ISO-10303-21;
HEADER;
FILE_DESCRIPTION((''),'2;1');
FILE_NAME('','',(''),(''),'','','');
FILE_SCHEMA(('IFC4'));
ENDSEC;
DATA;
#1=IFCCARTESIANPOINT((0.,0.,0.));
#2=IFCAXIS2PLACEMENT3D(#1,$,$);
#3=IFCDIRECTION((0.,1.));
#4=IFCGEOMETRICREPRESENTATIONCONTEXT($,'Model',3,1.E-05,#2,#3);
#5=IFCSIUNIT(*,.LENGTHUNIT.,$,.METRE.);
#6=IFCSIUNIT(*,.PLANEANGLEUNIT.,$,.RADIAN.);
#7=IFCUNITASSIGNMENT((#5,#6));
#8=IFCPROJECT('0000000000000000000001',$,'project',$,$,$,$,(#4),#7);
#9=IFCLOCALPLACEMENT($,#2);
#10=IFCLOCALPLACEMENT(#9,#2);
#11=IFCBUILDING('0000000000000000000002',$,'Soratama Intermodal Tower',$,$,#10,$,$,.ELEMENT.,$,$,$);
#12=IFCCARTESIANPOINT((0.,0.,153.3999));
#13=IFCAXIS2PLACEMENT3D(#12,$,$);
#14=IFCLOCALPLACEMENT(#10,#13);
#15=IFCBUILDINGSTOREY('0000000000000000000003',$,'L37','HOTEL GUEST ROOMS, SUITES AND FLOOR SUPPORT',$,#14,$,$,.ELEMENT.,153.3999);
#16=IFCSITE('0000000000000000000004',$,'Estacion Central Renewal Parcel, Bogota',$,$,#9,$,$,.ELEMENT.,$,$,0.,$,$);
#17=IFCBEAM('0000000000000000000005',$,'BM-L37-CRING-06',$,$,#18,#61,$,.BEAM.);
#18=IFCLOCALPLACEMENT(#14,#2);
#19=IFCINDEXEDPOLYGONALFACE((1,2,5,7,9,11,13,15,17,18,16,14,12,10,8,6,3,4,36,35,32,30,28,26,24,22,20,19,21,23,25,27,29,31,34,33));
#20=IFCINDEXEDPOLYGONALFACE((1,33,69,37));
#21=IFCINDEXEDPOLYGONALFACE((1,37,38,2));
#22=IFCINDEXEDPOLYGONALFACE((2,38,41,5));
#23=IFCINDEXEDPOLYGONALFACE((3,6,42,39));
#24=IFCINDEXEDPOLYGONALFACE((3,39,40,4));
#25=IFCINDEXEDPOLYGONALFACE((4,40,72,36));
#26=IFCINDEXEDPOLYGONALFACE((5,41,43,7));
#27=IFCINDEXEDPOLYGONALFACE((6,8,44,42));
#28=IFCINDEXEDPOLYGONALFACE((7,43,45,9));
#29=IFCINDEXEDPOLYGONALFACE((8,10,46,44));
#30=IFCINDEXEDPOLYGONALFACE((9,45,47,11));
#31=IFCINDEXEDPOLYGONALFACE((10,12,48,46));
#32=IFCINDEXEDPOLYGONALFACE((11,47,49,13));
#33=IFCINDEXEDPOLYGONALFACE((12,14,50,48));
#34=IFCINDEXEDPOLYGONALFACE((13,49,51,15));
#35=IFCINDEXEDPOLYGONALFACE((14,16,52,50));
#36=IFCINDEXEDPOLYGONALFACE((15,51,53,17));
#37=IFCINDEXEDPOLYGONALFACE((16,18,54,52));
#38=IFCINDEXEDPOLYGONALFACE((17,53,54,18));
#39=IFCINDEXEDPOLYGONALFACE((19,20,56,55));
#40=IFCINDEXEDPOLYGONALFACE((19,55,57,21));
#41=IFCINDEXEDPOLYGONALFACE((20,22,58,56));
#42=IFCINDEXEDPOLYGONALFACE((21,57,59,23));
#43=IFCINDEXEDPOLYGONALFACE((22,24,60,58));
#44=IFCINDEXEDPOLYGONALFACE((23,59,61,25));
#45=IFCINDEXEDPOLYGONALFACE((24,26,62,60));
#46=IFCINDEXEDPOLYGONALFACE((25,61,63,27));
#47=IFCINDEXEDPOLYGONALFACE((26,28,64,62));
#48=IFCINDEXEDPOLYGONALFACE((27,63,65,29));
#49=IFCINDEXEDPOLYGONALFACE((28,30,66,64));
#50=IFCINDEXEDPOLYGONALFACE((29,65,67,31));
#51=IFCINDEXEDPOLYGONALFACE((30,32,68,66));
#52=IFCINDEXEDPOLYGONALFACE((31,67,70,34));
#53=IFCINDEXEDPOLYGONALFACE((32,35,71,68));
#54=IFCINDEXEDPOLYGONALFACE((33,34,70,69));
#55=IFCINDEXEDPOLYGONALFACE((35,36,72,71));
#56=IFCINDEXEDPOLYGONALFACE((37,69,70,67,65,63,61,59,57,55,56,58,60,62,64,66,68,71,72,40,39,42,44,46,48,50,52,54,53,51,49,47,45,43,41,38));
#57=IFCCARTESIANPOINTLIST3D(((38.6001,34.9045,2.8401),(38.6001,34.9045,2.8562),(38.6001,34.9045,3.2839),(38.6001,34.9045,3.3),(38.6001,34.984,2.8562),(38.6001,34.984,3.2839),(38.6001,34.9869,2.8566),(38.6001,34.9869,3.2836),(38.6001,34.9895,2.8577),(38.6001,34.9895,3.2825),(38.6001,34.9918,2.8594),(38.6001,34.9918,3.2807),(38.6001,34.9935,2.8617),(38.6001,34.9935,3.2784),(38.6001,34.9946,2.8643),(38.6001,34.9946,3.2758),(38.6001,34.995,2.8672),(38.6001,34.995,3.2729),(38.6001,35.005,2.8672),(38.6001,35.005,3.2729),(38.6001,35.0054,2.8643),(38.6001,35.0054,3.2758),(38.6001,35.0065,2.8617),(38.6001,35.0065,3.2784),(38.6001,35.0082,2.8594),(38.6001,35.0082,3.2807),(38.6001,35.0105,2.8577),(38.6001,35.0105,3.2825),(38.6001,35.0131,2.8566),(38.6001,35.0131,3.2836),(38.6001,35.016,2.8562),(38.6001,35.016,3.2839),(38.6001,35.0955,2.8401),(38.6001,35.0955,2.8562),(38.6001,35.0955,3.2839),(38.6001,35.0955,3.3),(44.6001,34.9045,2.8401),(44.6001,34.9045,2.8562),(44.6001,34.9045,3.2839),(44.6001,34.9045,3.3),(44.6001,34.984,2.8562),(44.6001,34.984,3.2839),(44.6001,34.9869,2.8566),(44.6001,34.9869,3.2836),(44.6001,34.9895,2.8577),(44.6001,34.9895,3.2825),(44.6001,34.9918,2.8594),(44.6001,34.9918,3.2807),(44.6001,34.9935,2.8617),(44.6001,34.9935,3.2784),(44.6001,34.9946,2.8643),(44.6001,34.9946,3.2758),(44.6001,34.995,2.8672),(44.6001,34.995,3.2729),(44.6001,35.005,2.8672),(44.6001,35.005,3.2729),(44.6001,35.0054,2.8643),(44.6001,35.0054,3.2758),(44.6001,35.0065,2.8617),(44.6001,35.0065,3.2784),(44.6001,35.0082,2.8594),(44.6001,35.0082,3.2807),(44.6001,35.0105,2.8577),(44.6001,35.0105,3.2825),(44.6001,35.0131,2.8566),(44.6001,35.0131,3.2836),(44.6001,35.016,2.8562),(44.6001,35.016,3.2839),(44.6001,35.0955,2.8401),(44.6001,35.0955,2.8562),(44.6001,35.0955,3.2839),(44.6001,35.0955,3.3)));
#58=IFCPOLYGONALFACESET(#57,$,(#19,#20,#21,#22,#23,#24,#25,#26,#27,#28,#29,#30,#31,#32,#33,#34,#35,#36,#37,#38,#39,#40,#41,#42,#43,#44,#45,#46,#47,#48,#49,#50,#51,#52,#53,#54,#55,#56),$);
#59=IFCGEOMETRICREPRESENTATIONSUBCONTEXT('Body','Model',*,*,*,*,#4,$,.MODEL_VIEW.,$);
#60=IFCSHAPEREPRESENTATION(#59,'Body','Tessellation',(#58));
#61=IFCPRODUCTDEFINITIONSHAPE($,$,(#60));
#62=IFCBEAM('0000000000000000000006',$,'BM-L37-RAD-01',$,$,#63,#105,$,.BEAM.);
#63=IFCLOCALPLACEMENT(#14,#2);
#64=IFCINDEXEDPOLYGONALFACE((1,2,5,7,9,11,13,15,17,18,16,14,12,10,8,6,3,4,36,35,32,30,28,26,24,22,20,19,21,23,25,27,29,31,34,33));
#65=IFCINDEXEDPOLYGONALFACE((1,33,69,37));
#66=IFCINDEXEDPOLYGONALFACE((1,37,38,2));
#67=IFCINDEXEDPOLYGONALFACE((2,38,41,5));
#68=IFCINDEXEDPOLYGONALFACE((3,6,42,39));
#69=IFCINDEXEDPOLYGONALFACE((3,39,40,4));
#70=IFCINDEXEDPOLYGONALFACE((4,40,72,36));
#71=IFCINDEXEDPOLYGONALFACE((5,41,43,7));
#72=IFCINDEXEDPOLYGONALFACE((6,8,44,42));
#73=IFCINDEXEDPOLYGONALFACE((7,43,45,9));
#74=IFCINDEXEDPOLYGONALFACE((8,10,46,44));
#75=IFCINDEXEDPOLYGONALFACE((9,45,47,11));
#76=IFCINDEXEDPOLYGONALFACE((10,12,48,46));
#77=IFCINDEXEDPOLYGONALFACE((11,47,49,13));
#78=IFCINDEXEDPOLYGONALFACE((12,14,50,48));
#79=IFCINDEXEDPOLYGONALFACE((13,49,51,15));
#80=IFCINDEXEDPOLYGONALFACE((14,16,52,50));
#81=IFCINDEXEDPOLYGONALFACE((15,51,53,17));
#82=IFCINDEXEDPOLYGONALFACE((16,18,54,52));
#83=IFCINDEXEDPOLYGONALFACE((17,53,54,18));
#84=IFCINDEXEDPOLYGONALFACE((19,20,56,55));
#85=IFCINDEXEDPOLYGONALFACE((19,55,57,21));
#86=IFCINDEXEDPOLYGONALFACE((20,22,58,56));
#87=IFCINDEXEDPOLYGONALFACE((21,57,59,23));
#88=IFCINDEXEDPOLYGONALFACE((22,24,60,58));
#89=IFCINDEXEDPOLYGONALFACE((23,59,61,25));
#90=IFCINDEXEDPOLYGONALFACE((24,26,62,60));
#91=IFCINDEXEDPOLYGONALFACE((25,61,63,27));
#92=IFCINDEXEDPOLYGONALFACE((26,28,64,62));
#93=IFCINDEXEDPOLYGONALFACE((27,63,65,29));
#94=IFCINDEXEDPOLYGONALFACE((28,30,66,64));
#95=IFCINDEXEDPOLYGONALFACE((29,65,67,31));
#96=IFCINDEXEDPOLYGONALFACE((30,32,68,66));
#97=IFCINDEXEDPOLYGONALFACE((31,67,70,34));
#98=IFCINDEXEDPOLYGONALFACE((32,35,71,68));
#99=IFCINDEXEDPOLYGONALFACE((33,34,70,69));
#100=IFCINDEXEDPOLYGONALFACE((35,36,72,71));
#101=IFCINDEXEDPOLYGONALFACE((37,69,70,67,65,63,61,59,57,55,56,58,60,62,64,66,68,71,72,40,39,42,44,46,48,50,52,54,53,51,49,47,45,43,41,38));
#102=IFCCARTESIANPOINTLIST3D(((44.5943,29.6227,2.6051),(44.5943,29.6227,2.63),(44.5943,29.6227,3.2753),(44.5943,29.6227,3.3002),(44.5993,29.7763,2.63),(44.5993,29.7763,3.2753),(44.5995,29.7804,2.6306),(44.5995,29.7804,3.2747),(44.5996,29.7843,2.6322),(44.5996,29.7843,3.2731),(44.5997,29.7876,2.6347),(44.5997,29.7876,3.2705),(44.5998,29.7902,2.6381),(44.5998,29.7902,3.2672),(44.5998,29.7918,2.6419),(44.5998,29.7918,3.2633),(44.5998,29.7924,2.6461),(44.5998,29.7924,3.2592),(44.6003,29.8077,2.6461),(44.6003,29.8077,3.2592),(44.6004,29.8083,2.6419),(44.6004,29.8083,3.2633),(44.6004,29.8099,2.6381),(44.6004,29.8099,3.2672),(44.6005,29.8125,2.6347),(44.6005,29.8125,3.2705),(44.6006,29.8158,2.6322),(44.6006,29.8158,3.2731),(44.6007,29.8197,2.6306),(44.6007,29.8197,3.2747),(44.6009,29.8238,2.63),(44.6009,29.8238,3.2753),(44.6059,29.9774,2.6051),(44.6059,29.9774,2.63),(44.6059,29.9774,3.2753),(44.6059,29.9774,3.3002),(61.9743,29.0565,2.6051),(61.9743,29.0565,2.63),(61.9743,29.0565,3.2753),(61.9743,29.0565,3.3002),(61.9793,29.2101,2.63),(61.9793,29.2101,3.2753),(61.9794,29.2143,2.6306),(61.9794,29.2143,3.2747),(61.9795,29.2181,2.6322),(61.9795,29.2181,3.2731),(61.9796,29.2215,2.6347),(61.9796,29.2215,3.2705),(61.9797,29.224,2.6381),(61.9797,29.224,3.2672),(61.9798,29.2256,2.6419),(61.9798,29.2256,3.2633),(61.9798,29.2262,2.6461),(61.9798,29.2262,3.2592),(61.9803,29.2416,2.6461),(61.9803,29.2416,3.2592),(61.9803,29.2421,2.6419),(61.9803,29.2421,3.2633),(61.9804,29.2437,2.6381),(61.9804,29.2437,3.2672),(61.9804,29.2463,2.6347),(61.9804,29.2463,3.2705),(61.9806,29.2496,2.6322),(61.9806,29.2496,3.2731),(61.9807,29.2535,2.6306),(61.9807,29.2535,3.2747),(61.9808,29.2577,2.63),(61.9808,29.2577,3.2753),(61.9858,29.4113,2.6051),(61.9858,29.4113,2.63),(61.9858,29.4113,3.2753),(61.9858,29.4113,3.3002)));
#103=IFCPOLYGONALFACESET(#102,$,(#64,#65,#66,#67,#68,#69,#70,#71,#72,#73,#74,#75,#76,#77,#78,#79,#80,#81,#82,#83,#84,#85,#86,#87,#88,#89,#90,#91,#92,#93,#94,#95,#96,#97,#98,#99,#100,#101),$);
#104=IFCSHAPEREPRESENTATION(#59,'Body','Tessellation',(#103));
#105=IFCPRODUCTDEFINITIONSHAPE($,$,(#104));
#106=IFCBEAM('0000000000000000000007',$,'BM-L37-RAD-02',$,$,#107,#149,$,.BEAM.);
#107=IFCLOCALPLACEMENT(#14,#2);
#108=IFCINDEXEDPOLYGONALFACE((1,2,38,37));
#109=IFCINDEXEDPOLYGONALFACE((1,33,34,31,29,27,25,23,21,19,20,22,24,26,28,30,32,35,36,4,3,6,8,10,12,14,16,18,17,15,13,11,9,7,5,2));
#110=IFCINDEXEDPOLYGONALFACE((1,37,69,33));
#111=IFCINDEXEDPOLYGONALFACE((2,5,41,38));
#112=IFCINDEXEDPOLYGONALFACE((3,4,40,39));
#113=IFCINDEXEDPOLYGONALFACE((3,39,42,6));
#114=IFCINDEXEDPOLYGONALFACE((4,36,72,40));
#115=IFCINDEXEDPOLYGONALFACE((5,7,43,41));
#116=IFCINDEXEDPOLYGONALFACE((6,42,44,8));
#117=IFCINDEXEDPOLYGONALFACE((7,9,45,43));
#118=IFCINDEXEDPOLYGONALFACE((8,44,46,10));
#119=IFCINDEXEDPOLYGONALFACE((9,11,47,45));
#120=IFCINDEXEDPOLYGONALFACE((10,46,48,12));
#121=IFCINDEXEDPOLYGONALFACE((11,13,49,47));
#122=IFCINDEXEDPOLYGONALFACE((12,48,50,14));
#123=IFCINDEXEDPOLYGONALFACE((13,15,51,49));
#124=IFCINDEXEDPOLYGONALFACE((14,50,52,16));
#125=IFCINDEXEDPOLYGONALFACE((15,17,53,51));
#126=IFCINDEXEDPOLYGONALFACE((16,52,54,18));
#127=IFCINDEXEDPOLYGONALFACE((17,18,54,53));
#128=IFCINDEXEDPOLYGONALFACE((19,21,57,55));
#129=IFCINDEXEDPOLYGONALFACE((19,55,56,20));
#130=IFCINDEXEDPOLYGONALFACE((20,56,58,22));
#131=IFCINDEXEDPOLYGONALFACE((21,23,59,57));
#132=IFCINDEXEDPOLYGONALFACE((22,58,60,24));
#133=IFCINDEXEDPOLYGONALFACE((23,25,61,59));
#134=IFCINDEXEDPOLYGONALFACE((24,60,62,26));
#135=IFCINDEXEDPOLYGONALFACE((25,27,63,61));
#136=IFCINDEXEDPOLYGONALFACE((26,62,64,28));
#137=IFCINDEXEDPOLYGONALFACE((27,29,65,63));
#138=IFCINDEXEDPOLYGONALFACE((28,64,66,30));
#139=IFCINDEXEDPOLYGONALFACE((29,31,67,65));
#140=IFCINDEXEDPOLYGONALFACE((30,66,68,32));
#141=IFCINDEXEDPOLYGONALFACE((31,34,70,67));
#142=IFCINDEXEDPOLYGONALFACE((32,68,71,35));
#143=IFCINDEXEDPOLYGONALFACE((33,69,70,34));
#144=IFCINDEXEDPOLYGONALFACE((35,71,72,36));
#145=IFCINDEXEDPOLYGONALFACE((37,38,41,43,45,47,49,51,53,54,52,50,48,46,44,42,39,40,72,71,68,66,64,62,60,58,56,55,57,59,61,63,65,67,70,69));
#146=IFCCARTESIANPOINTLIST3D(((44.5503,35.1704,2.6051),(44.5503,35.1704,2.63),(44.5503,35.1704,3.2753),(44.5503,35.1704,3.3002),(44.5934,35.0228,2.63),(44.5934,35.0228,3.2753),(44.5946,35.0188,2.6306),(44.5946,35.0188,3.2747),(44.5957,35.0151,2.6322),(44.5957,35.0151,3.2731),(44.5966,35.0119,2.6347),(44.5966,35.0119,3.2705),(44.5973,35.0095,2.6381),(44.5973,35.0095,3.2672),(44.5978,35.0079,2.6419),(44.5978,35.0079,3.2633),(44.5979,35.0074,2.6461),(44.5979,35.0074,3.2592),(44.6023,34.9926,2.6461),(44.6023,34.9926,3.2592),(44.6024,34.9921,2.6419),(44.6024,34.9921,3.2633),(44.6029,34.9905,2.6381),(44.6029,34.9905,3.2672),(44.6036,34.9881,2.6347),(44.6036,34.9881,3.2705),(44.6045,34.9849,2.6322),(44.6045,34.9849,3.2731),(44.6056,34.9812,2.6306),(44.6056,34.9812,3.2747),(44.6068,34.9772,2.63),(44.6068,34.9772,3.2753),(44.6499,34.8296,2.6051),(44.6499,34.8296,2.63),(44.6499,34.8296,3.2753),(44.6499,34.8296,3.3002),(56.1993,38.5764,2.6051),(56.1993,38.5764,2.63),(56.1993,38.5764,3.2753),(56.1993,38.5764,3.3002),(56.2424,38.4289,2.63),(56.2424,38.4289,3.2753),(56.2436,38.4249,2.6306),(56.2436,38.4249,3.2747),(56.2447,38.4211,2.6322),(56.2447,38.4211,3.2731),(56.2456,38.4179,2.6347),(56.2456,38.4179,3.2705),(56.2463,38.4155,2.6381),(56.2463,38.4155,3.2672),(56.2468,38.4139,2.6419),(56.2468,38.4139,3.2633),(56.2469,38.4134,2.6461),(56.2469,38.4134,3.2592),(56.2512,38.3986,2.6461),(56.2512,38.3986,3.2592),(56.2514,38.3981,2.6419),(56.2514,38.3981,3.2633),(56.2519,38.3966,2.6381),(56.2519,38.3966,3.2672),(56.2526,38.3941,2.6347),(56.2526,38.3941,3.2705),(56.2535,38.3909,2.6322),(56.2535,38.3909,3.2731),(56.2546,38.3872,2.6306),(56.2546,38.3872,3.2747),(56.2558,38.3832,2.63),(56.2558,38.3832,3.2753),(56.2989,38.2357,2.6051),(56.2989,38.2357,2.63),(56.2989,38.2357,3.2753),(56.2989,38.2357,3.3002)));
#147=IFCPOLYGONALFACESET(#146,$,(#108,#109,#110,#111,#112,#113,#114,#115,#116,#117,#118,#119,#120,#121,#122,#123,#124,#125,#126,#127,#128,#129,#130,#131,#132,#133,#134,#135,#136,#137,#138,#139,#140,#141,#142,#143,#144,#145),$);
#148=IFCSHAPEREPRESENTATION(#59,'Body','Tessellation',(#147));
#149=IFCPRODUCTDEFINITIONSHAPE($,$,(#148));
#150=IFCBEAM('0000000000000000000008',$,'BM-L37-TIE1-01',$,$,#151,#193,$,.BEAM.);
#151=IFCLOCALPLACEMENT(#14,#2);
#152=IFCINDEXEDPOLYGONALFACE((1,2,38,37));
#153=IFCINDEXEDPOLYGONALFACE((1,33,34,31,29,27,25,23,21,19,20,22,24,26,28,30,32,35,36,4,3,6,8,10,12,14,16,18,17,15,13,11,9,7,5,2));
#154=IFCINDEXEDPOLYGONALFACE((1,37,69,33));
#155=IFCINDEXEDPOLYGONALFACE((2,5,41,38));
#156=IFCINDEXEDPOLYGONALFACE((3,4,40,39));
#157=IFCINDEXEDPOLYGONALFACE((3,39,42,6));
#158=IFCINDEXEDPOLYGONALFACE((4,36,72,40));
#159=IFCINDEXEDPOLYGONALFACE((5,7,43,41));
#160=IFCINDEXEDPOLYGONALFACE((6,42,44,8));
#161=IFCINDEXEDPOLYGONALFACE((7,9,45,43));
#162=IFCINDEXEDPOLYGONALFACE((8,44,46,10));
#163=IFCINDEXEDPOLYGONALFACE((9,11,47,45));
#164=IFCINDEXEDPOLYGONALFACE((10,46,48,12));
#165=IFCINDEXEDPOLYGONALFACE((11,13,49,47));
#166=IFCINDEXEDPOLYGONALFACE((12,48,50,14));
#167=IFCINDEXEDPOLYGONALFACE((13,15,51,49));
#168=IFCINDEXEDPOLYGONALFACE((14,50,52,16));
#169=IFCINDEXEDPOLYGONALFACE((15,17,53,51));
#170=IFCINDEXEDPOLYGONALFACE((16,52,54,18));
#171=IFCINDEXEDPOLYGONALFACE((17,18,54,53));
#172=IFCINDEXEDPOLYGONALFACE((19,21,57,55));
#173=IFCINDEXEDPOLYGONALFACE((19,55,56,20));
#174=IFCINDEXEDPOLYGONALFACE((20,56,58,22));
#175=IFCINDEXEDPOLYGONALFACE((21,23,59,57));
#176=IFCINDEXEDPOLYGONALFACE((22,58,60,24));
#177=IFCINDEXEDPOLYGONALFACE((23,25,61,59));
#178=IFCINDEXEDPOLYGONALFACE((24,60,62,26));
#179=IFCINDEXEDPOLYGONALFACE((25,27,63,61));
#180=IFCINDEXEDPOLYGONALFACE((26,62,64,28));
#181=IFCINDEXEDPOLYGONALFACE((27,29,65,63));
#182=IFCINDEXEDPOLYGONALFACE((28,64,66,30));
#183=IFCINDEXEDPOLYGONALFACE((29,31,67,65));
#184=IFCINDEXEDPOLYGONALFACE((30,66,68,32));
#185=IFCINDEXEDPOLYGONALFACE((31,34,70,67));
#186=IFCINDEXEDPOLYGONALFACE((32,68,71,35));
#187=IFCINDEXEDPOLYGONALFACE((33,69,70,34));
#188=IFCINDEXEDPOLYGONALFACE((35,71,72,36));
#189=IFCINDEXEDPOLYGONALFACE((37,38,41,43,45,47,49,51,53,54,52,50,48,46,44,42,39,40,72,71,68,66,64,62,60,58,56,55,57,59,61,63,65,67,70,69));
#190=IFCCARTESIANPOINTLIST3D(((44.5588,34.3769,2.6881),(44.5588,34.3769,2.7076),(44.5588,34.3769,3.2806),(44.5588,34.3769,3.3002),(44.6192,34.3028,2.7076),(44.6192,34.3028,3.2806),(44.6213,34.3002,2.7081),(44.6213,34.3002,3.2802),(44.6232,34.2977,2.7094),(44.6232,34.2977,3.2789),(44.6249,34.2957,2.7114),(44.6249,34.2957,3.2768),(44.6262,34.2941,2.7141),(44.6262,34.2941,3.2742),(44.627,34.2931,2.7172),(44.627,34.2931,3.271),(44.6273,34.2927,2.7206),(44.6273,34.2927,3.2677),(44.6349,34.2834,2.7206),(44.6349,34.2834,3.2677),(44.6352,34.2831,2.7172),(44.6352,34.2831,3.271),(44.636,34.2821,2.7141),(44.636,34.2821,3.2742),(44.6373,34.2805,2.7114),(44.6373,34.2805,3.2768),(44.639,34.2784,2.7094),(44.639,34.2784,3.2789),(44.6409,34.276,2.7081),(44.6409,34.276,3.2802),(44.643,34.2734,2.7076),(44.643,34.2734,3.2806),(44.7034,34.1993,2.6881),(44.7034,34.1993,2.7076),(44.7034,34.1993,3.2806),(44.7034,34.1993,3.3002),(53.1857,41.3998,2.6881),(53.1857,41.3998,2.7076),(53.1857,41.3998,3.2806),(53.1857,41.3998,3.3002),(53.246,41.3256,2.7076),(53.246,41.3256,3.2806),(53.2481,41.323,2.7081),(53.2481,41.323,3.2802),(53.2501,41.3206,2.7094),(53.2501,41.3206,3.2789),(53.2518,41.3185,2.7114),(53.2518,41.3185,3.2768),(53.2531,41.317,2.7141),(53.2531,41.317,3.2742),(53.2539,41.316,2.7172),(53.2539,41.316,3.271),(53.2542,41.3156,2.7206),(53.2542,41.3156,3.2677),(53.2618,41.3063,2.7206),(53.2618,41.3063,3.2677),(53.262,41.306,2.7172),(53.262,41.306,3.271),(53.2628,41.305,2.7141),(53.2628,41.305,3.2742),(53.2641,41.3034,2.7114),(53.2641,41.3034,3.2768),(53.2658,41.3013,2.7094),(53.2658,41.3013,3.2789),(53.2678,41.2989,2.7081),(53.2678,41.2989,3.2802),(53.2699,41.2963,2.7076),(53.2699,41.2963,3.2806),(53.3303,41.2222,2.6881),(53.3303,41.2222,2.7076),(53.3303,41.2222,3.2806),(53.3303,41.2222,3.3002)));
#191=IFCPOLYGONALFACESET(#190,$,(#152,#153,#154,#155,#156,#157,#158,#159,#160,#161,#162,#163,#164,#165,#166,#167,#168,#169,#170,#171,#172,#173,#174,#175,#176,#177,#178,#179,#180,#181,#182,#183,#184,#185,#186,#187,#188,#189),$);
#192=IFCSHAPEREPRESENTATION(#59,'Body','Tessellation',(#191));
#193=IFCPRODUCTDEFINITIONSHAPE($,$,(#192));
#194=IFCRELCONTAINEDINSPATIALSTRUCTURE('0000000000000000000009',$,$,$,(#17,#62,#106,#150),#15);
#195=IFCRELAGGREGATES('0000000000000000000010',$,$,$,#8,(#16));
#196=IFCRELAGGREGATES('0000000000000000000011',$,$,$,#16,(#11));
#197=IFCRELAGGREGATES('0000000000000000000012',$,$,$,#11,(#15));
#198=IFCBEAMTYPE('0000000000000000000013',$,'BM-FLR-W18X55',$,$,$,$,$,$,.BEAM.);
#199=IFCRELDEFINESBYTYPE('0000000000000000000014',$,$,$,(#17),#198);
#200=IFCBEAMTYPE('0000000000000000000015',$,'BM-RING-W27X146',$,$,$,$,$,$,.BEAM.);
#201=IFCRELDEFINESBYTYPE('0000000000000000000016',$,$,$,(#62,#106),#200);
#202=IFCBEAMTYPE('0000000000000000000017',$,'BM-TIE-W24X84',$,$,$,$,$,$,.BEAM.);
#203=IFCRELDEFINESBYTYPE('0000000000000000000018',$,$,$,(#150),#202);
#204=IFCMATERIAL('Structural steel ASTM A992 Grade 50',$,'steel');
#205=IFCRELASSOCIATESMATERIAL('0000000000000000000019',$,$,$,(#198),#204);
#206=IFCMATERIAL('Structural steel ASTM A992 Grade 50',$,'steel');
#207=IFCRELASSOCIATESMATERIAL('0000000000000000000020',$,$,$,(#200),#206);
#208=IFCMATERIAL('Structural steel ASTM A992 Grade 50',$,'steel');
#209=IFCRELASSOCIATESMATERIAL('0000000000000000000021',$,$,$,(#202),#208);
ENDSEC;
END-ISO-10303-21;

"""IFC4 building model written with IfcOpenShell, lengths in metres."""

from ifc_helpers import new_model, si_unit, direction, frame, origin, origin_2d, place, context, subcontext, project, spatial, i_section, extrude, material, material_profile, profile_set, type_object, element, save


model = new_model("IFC4")

# Units and contexts
model_context = context("Model", 3, precision=1e-05, world=origin(), true_north=direction((0.0, 1.0)))
body_context = subcontext(model_context, "Body", "Model", "MODEL_VIEW")
ifc_project = project(units=[si_unit("LENGTHUNIT", "METRE"), si_unit("PLANEANGLEUNIT", "RADIAN")], contexts=[model_context])

# Site, building, storey
site_placement = place(None, origin())
site = spatial("IfcSite", under=ifc_project, at=site_placement, Name="Estacion Central Renewal Parcel, Bogota", CompositionType="ELEMENT", RefElevation=0.0)
building_placement = place(site_placement, origin())
building = spatial("IfcBuilding", under=site, at=building_placement, Name="Soratama Intermodal Tower", CompositionType="ELEMENT")
storey_placement = place(building_placement, frame((0.0, 0.0, 153.3999)))
storey = spatial("IfcBuildingStorey", under=building, at=storey_placement, Name="L37", Description="HOTEL GUEST ROOMS, SUITES AND FLOOR SUPPORT", CompositionType="ELEMENT", Elevation=153.3999)

# Beams
ifc_material_1 = material(Name="Structural steel ASTM A992 Grade 50", Category="steel")
ifc_material_profile_1 = material_profile(ifc_material_1, i_section(OverallWidth=0.1909, OverallDepth=0.46, WebThickness=0.01, FlangeThickness=0.0161, FilletRadius=0.011, at=origin_2d()), Name="W18X55")
ifc_profile_set_1 = profile_set([ifc_material_profile_1], Name="Structural steel ASTM A992 Grade 50")
beam_type_1 = type_object("IfcBeamType", Name="BM-FLR-W18X55", PredefinedType="BEAM", material=ifc_profile_set_1)
beam_1_placement = place(storey_placement, frame((44.6001, 35.0, 3.0701), z_axis=(-1.0, 0.0, 0.0), x_axis=(0.0, -1.0, 0.0)))
element("IfcBeam", 1, at=beam_1_placement, inside=storey, type_object=beam_type_1, Name="BM-L37-CRING-06", PredefinedType="BEAM", context=body_context, shape_type="SweptSolid", body=[
    extrude(i_section(OverallWidth=0.1909, OverallDepth=0.46, WebThickness=0.01, FlangeThickness=0.0161, FilletRadius=0.011, at=origin_2d()), origin(), (0.0, 0.0, 1.0), 6.0),
])
ifc_material_2 = material(Name="Structural steel ASTM A992 Grade 50", Category="steel")
ifc_material_profile_2 = material_profile(ifc_material_2, i_section(OverallWidth=0.355, OverallDepth=0.6951, WebThickness=0.0154, FlangeThickness=0.0249, FilletRadius=0.0161, at=origin_2d()), Name="W27X146")
ifc_profile_set_2 = profile_set([ifc_material_profile_2], Name="Structural steel ASTM A992 Grade 50")
beam_type_2 = type_object("IfcBeamType", Name="BM-RING-W27X146", PredefinedType="BEAM", material=ifc_profile_set_2)
beam_2_placement = place(storey_placement, frame((44.6001, 29.8, 2.9526), z_axis=(0.99947, -0.032558, 0.0), x_axis=(0.032558, 0.99947, 0.0)))
element("IfcBeam", 2, at=beam_2_placement, inside=storey, type_object=beam_type_2, Name="BM-L37-RAD-01", PredefinedType="BEAM", context=body_context, shape_type="SweptSolid", body=[
    extrude(i_section(OverallWidth=0.355, OverallDepth=0.6951, WebThickness=0.0154, FlangeThickness=0.0249, FilletRadius=0.0161, at=origin_2d()), origin(), (0.0, 0.0, 1.0), 17.3892),
])
beam_3_placement = place(storey_placement, frame((44.6001, 35.0, 2.9526), z_axis=(0.959814, 0.280638, 0.0), x_axis=(-0.280638, 0.959814, 0.0)))
element("IfcBeam", 3, at=beam_3_placement, inside=storey, type_object=beam_type_2, Name="BM-L37-RAD-02", PredefinedType="BEAM", context=body_context, shape_type="SweptSolid", body=[
    extrude(i_section(OverallWidth=0.355, OverallDepth=0.6951, WebThickness=0.0154, FlangeThickness=0.0249, FilletRadius=0.0161, at=origin_2d()), origin(), (0.0, 0.0, 1.0), 12.1367),
])
ifc_material_3 = material(Name="Structural steel ASTM A992 Grade 50", Category="steel")
ifc_material_profile_3 = material_profile(ifc_material_3, i_section(OverallWidth=0.229, OverallDepth=0.6121, WebThickness=0.012, FlangeThickness=0.0195, FilletRadius=0.0129, at=origin_2d()), Name="W24X84")
ifc_profile_set_3 = profile_set([ifc_material_profile_3], Name="Structural steel ASTM A992 Grade 50")
beam_type_3 = type_object("IfcBeamType", Name="BM-TIE-W24X84", PredefinedType="BEAM", material=ifc_profile_set_3)
beam_4_placement = place(storey_placement, frame((44.6311, 34.2881, 2.9941), z_axis=(0.775518, 0.631326, 0.0), x_axis=(-0.631326, 0.775518, 0.0)))
element("IfcBeam", 4, at=beam_4_placement, inside=storey, type_object=beam_type_3, Name="BM-L37-TIE1-01", PredefinedType="BEAM", context=body_context, shape_type="SweptSolid", body=[
    extrude(i_section(OverallWidth=0.229, OverallDepth=0.6121, WebThickness=0.012, FlangeThickness=0.0195, FilletRadius=0.0129, at=origin_2d()), origin(), (0.0, 0.0, 1.0), 11.124),
])

save(model, "model.ifc")
